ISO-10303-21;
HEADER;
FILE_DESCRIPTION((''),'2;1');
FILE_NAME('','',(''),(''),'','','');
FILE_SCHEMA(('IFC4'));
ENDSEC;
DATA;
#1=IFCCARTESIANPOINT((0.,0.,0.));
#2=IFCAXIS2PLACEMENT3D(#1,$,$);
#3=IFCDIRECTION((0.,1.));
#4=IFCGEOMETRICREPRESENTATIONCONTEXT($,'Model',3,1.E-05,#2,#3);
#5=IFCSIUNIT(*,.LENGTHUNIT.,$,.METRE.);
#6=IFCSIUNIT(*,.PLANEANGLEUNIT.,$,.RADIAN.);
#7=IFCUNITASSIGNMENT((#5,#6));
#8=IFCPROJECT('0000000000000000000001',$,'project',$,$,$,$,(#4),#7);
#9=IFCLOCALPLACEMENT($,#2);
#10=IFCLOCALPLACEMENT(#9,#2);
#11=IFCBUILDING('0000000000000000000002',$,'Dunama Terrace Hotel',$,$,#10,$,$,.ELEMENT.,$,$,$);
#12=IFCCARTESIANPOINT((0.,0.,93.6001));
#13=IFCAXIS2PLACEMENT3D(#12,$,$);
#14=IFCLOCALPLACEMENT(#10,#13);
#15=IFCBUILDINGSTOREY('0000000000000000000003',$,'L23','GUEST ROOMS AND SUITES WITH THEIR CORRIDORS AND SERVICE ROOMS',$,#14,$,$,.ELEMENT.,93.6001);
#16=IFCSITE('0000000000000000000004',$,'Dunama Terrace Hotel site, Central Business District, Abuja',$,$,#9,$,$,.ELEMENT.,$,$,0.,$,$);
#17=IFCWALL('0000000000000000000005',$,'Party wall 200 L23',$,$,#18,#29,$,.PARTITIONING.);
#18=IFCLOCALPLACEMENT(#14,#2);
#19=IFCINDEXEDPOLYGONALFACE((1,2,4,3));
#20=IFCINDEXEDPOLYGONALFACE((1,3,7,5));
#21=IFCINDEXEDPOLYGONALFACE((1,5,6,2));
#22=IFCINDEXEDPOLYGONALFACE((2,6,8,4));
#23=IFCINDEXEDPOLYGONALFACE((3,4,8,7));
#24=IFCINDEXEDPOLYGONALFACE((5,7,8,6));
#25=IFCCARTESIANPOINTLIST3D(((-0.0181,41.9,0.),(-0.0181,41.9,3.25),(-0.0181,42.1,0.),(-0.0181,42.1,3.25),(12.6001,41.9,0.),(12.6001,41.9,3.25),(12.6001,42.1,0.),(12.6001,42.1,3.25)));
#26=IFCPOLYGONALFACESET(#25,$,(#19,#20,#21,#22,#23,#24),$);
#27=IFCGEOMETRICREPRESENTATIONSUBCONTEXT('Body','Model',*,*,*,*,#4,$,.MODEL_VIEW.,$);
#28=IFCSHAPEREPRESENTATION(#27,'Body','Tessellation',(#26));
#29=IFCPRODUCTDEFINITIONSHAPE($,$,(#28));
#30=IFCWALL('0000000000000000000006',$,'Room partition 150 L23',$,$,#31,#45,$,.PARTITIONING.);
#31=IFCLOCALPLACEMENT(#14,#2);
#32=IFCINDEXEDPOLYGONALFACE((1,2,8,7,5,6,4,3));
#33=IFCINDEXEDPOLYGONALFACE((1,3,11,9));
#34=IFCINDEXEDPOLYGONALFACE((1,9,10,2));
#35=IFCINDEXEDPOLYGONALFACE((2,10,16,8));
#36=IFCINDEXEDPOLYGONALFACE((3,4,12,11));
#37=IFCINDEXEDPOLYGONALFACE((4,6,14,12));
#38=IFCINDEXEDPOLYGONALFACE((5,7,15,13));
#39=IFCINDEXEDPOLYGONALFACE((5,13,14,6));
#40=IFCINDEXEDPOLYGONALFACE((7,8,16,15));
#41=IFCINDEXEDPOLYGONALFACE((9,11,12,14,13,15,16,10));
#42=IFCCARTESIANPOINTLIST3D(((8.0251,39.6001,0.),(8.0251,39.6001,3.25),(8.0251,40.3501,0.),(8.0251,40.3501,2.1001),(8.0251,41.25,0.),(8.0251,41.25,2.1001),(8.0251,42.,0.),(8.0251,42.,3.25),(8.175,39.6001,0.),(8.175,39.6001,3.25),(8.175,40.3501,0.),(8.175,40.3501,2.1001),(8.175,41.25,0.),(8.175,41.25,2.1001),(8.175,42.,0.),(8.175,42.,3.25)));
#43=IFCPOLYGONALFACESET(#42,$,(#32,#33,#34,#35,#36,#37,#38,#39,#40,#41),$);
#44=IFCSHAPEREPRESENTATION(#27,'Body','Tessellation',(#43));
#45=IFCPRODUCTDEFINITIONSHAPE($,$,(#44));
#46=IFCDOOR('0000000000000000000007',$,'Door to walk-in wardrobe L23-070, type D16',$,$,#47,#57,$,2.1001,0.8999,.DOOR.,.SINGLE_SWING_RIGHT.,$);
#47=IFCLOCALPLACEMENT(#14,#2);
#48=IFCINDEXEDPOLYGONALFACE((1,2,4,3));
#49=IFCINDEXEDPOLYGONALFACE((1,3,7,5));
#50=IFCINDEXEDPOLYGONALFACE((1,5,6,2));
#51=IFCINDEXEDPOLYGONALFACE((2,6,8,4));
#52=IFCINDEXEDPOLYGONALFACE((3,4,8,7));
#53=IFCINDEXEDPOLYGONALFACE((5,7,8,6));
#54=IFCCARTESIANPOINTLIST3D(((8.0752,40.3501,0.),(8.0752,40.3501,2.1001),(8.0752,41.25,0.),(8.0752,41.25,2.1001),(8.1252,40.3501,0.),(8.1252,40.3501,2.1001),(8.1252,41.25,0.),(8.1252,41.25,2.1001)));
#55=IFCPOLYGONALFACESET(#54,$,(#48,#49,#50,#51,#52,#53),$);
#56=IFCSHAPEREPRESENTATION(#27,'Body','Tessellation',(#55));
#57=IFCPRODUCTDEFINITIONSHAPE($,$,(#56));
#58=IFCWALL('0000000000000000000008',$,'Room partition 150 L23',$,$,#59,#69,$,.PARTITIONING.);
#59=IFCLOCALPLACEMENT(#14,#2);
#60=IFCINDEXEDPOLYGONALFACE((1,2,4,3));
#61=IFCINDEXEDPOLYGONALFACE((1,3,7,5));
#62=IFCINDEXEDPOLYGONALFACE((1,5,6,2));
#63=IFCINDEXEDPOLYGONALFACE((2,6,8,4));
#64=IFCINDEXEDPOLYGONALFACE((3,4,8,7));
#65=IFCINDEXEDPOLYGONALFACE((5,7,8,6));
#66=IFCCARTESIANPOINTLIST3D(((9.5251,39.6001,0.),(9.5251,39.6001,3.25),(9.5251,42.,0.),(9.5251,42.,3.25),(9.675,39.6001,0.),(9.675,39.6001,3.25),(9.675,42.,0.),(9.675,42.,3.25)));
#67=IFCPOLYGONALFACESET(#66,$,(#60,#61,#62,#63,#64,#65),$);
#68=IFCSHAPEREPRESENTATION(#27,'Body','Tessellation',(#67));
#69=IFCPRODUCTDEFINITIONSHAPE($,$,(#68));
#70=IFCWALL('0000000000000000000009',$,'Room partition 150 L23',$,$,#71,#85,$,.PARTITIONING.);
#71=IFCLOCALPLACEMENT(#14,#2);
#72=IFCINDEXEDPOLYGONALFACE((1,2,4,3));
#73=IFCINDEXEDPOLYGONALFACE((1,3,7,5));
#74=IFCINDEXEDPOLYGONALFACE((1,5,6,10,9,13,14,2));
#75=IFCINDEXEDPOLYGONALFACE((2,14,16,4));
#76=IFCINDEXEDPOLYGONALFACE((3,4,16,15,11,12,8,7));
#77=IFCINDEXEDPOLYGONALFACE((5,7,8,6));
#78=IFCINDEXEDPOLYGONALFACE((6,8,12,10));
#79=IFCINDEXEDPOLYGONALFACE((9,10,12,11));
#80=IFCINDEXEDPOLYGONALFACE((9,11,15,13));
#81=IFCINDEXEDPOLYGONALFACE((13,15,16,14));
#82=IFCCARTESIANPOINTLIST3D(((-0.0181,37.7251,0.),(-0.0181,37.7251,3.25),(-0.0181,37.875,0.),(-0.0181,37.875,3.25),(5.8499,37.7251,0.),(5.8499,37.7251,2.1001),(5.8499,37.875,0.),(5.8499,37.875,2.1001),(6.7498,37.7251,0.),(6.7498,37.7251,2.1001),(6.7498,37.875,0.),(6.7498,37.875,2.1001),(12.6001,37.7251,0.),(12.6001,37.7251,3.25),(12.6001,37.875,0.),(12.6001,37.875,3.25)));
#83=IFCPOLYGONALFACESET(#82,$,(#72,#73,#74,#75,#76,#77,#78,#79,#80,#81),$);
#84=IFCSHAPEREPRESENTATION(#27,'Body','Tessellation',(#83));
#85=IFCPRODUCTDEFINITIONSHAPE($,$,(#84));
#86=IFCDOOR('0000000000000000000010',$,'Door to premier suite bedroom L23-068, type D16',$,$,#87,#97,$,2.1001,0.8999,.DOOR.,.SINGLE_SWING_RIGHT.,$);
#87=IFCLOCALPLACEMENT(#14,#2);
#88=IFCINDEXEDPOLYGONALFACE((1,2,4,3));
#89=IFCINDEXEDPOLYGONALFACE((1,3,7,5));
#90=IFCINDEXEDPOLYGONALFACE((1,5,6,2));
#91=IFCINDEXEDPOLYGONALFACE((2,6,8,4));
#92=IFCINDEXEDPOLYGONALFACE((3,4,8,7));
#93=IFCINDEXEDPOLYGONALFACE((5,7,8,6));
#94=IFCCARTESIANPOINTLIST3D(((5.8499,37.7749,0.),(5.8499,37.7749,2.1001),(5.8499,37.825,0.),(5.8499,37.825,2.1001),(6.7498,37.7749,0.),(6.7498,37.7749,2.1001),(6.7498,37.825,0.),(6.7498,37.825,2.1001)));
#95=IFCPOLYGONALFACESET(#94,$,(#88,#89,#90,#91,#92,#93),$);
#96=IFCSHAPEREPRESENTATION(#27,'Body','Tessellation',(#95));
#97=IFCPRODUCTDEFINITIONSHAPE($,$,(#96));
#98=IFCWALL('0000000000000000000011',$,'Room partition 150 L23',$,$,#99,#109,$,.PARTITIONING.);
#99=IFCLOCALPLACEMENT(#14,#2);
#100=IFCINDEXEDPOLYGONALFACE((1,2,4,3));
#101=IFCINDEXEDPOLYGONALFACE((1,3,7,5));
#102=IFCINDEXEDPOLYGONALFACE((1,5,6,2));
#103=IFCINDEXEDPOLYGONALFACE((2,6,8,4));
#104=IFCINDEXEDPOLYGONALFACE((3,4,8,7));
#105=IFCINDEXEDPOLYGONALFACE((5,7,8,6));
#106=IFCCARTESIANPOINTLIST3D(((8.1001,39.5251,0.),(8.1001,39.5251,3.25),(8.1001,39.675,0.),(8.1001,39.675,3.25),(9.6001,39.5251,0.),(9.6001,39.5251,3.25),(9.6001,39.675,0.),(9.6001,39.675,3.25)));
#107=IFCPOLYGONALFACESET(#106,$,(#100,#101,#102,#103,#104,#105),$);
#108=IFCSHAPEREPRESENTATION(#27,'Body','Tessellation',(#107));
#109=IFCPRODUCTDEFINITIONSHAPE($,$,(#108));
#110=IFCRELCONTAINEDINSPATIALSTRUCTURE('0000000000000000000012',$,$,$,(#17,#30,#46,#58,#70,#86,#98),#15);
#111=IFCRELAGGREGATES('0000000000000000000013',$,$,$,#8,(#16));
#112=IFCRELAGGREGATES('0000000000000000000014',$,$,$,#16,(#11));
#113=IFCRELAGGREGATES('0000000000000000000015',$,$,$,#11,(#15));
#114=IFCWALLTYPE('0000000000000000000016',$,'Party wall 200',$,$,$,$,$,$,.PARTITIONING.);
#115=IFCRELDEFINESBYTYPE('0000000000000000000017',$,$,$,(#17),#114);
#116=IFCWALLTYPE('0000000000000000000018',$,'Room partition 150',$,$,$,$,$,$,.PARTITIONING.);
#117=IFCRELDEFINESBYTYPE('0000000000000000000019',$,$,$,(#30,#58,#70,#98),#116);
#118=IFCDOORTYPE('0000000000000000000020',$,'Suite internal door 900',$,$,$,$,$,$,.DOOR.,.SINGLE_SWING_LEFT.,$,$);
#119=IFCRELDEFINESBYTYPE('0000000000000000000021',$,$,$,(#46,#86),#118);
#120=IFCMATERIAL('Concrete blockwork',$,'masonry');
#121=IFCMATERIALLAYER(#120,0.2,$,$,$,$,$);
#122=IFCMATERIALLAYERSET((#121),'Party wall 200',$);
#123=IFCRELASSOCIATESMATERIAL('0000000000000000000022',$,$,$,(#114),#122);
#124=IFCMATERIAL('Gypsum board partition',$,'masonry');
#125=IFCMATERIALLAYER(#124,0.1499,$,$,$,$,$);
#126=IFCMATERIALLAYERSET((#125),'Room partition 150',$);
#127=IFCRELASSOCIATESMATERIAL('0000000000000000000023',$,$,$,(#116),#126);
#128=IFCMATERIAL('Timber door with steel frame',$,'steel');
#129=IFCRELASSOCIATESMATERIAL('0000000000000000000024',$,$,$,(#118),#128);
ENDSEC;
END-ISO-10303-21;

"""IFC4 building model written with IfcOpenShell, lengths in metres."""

from ifc_helpers import new_model, si_unit, direction, frame, frame_2d, origin, place, context, subcontext, project, spatial, rectangle, extrude, material, layer, layer_set, type_object, element, fill, save


model = new_model("IFC4")

# Units and contexts
model_context = context("Model", 3, precision=1e-05, world=origin(), true_north=direction((0.0, 1.0)))
body_context = subcontext(model_context, "Body", "Model", "MODEL_VIEW")
ifc_project = project(units=[si_unit("LENGTHUNIT", "METRE"), si_unit("PLANEANGLEUNIT", "RADIAN")], contexts=[model_context])

# Site, building, storey
site_placement = place(None, origin())
site = spatial("IfcSite", under=ifc_project, at=site_placement, Name="Dunama Terrace Hotel site, Central Business District, Abuja", CompositionType="ELEMENT", RefElevation=0.0)
building_placement = place(site_placement, origin())
building = spatial("IfcBuilding", under=site, at=building_placement, Name="Dunama Terrace Hotel", CompositionType="ELEMENT")
storey_placement = place(building_placement, frame((0.0, 0.0, 93.6001)))
storey = spatial("IfcBuildingStorey", under=building, at=storey_placement, Name="L23", Description="GUEST ROOMS AND SUITES WITH THEIR CORRIDORS AND SERVICE ROOMS", CompositionType="ELEMENT", Elevation=93.6001)

# Wall
ifc_material_1 = material(Name="Concrete blockwork", Category="masonry")
ifc_layer_1 = layer(ifc_material_1, 0.2)
ifc_layer_set_1 = layer_set([ifc_layer_1], Name="Party wall 200")
wall_type_1 = type_object("IfcWallType", Name="Party wall 200", PredefinedType="PARTITIONING", material=ifc_layer_set_1)
for number, where, z_axis, x_axis, name in (
    (1, (-0.0181, 42.0, 0.0), (0.0, 0.0, 1.0), (1.0, 0.0, 0.0), "Party wall 200 L23"),
):
    element("IfcWall", number, at=place(storey_placement, frame(where, z_axis=z_axis, x_axis=x_axis)), inside=storey, type_object=wall_type_1, Name=name, PredefinedType="PARTITIONING", context=body_context, shape_type="SweptSolid", body=[
        extrude(rectangle(XDim=12.6182, YDim=0.2, at=frame_2d((6.3091, 0.0))), origin(), (0.0, 0.0, 1.0), 3.25),
    ])

# Wall, opening, door
ifc_material_2 = material(Name="Gypsum board partition", Category="masonry")
ifc_layer_2 = layer(ifc_material_2, 0.1499)
ifc_layer_set_2 = layer_set([ifc_layer_2], Name="Room partition 150")
wall_type_2 = type_object("IfcWallType", Name="Room partition 150", PredefinedType="PARTITIONING", material=ifc_layer_set_2)
wall_1_placement = place(storey_placement, frame((8.1001, 39.6001, 0.0), z_axis=(0.0, 0.0, 1.0), x_axis=(0.0, 1.0, 0.0)))
wall_1 = element("IfcWall", 2, at=wall_1_placement, inside=storey, type_object=wall_type_2, Name="Room partition 150 L23", PredefinedType="PARTITIONING", context=body_context, shape_type="SweptSolid", body=[
    extrude(rectangle(XDim=2.3999, YDim=0.1499, at=frame_2d((1.2, 0.0))), origin(), (0.0, 0.0, 1.0), 3.25),
])
opening_1_placement = place(wall_1_placement, frame((0.75, 0.0, 0.0)))
opening_1 = element("IfcOpeningElement", 3, at=opening_1_placement, cuts=wall_1, PredefinedType="OPENING", context=body_context, shape_type="SweptSolid", body=[
    extrude(rectangle(XDim=0.8999, YDim=2.1001, at=frame_2d((0.45, 1.05))), frame((0.0, 0.085, 0.0), z_axis=(0.0, -1.0, 0.0), x_axis=(1.0, 0.0, 0.0)), (0.0, 0.0, 1.0), 0.1699),
])
ifc_material_3 = material(Name="Timber door with steel frame", Category="steel")
door_type_1 = type_object("IfcDoorType", Name="Suite internal door 900", OperationType="SINGLE_SWING_LEFT", PredefinedType="DOOR", material=ifc_material_3)
door_1_placement = place(opening_1_placement, frame((0.8999, 0.0, 0.0), z_axis=(0.0, 0.0, 1.0), x_axis=(-1.0, 0.0, 0.0)))
door_1 = element("IfcDoor", 4, at=door_1_placement, inside=storey, type_object=door_type_1, Name="Door to walk-in wardrobe L23-070, type D16", OperationType="SINGLE_SWING_RIGHT", OverallHeight=2.1001, OverallWidth=0.8999, PredefinedType="DOOR", context=body_context, shape_type="SweptSolid", body=[
    extrude(rectangle(XDim=0.8999, YDim=2.1001, at=frame_2d((0.45, 1.05))), frame((0.0, 0.0251, 0.0), z_axis=(0.0, -1.0, 0.0), x_axis=(1.0, 0.0, 0.0)), (0.0, 0.0, 1.0), 0.05),
])
fill(opening_1, door_1)

# Wall
wall_2_placement = place(storey_placement, frame((9.6001, 39.6001, 0.0), z_axis=(0.0, 0.0, 1.0), x_axis=(0.0, 1.0, 0.0)))
element("IfcWall", 5, at=wall_2_placement, inside=storey, type_object=wall_type_2, Name="Room partition 150 L23", PredefinedType="PARTITIONING", context=body_context, shape_type="SweptSolid", body=[
    extrude(rectangle(XDim=2.3999, YDim=0.1499, at=frame_2d((1.2, 0.0))), origin(), (0.0, 0.0, 1.0), 3.25),
])

# Wall, opening, door
wall_3_placement = place(storey_placement, frame((-0.0181, 37.8, 0.0), z_axis=(0.0, 0.0, 1.0), x_axis=(1.0, 0.0, 0.0)))
wall_3 = element("IfcWall", 6, at=wall_3_placement, inside=storey, type_object=wall_type_2, Name="Room partition 150 L23", PredefinedType="PARTITIONING", context=body_context, shape_type="SweptSolid", body=[
    extrude(rectangle(XDim=12.6182, YDim=0.1499, at=frame_2d((6.3091, 0.0))), origin(), (0.0, 0.0, 1.0), 3.25),
])
opening_2_placement = place(wall_3_placement, frame((5.8679, 0.0, 0.0)))
opening_2 = element("IfcOpeningElement", 7, at=opening_2_placement, cuts=wall_3, PredefinedType="OPENING", context=body_context, shape_type="SweptSolid", body=[
    extrude(rectangle(XDim=0.8999, YDim=2.1001, at=frame_2d((0.45, 1.05))), frame((0.0, 0.085, 0.0), z_axis=(0.0, -1.0, 0.0), x_axis=(1.0, 0.0, 0.0)), (0.0, 0.0, 1.0), 0.1699),
])
door_2_placement = place(opening_2_placement, origin())
door_2 = element("IfcDoor", 8, at=door_2_placement, inside=storey, type_object=door_type_1, Name="Door to premier suite bedroom L23-068, type D16", OperationType="SINGLE_SWING_RIGHT", OverallHeight=2.1001, OverallWidth=0.8999, PredefinedType="DOOR", context=body_context, shape_type="SweptSolid", body=[
    extrude(rectangle(XDim=0.8999, YDim=2.1001, at=frame_2d((0.45, 1.05))), frame((0.0, 0.0249, 0.0), z_axis=(0.0, -1.0, 0.0), x_axis=(1.0, 0.0, 0.0)), (0.0, 0.0, 1.0), 0.05),
])
fill(opening_2, door_2)

# Wall
wall_4_placement = place(storey_placement, frame((8.1001, 39.6001, 0.0), z_axis=(0.0, 0.0, 1.0), x_axis=(1.0, 0.0, 0.0)))
element("IfcWall", 9, at=wall_4_placement, inside=storey, type_object=wall_type_2, Name="Room partition 150 L23", PredefinedType="PARTITIONING", context=body_context, shape_type="SweptSolid", body=[
    extrude(rectangle(XDim=1.5, YDim=0.1499, at=frame_2d((0.75, 0.0))), origin(), (0.0, 0.0, 1.0), 3.25),
])

save(model, "model.ifc")
